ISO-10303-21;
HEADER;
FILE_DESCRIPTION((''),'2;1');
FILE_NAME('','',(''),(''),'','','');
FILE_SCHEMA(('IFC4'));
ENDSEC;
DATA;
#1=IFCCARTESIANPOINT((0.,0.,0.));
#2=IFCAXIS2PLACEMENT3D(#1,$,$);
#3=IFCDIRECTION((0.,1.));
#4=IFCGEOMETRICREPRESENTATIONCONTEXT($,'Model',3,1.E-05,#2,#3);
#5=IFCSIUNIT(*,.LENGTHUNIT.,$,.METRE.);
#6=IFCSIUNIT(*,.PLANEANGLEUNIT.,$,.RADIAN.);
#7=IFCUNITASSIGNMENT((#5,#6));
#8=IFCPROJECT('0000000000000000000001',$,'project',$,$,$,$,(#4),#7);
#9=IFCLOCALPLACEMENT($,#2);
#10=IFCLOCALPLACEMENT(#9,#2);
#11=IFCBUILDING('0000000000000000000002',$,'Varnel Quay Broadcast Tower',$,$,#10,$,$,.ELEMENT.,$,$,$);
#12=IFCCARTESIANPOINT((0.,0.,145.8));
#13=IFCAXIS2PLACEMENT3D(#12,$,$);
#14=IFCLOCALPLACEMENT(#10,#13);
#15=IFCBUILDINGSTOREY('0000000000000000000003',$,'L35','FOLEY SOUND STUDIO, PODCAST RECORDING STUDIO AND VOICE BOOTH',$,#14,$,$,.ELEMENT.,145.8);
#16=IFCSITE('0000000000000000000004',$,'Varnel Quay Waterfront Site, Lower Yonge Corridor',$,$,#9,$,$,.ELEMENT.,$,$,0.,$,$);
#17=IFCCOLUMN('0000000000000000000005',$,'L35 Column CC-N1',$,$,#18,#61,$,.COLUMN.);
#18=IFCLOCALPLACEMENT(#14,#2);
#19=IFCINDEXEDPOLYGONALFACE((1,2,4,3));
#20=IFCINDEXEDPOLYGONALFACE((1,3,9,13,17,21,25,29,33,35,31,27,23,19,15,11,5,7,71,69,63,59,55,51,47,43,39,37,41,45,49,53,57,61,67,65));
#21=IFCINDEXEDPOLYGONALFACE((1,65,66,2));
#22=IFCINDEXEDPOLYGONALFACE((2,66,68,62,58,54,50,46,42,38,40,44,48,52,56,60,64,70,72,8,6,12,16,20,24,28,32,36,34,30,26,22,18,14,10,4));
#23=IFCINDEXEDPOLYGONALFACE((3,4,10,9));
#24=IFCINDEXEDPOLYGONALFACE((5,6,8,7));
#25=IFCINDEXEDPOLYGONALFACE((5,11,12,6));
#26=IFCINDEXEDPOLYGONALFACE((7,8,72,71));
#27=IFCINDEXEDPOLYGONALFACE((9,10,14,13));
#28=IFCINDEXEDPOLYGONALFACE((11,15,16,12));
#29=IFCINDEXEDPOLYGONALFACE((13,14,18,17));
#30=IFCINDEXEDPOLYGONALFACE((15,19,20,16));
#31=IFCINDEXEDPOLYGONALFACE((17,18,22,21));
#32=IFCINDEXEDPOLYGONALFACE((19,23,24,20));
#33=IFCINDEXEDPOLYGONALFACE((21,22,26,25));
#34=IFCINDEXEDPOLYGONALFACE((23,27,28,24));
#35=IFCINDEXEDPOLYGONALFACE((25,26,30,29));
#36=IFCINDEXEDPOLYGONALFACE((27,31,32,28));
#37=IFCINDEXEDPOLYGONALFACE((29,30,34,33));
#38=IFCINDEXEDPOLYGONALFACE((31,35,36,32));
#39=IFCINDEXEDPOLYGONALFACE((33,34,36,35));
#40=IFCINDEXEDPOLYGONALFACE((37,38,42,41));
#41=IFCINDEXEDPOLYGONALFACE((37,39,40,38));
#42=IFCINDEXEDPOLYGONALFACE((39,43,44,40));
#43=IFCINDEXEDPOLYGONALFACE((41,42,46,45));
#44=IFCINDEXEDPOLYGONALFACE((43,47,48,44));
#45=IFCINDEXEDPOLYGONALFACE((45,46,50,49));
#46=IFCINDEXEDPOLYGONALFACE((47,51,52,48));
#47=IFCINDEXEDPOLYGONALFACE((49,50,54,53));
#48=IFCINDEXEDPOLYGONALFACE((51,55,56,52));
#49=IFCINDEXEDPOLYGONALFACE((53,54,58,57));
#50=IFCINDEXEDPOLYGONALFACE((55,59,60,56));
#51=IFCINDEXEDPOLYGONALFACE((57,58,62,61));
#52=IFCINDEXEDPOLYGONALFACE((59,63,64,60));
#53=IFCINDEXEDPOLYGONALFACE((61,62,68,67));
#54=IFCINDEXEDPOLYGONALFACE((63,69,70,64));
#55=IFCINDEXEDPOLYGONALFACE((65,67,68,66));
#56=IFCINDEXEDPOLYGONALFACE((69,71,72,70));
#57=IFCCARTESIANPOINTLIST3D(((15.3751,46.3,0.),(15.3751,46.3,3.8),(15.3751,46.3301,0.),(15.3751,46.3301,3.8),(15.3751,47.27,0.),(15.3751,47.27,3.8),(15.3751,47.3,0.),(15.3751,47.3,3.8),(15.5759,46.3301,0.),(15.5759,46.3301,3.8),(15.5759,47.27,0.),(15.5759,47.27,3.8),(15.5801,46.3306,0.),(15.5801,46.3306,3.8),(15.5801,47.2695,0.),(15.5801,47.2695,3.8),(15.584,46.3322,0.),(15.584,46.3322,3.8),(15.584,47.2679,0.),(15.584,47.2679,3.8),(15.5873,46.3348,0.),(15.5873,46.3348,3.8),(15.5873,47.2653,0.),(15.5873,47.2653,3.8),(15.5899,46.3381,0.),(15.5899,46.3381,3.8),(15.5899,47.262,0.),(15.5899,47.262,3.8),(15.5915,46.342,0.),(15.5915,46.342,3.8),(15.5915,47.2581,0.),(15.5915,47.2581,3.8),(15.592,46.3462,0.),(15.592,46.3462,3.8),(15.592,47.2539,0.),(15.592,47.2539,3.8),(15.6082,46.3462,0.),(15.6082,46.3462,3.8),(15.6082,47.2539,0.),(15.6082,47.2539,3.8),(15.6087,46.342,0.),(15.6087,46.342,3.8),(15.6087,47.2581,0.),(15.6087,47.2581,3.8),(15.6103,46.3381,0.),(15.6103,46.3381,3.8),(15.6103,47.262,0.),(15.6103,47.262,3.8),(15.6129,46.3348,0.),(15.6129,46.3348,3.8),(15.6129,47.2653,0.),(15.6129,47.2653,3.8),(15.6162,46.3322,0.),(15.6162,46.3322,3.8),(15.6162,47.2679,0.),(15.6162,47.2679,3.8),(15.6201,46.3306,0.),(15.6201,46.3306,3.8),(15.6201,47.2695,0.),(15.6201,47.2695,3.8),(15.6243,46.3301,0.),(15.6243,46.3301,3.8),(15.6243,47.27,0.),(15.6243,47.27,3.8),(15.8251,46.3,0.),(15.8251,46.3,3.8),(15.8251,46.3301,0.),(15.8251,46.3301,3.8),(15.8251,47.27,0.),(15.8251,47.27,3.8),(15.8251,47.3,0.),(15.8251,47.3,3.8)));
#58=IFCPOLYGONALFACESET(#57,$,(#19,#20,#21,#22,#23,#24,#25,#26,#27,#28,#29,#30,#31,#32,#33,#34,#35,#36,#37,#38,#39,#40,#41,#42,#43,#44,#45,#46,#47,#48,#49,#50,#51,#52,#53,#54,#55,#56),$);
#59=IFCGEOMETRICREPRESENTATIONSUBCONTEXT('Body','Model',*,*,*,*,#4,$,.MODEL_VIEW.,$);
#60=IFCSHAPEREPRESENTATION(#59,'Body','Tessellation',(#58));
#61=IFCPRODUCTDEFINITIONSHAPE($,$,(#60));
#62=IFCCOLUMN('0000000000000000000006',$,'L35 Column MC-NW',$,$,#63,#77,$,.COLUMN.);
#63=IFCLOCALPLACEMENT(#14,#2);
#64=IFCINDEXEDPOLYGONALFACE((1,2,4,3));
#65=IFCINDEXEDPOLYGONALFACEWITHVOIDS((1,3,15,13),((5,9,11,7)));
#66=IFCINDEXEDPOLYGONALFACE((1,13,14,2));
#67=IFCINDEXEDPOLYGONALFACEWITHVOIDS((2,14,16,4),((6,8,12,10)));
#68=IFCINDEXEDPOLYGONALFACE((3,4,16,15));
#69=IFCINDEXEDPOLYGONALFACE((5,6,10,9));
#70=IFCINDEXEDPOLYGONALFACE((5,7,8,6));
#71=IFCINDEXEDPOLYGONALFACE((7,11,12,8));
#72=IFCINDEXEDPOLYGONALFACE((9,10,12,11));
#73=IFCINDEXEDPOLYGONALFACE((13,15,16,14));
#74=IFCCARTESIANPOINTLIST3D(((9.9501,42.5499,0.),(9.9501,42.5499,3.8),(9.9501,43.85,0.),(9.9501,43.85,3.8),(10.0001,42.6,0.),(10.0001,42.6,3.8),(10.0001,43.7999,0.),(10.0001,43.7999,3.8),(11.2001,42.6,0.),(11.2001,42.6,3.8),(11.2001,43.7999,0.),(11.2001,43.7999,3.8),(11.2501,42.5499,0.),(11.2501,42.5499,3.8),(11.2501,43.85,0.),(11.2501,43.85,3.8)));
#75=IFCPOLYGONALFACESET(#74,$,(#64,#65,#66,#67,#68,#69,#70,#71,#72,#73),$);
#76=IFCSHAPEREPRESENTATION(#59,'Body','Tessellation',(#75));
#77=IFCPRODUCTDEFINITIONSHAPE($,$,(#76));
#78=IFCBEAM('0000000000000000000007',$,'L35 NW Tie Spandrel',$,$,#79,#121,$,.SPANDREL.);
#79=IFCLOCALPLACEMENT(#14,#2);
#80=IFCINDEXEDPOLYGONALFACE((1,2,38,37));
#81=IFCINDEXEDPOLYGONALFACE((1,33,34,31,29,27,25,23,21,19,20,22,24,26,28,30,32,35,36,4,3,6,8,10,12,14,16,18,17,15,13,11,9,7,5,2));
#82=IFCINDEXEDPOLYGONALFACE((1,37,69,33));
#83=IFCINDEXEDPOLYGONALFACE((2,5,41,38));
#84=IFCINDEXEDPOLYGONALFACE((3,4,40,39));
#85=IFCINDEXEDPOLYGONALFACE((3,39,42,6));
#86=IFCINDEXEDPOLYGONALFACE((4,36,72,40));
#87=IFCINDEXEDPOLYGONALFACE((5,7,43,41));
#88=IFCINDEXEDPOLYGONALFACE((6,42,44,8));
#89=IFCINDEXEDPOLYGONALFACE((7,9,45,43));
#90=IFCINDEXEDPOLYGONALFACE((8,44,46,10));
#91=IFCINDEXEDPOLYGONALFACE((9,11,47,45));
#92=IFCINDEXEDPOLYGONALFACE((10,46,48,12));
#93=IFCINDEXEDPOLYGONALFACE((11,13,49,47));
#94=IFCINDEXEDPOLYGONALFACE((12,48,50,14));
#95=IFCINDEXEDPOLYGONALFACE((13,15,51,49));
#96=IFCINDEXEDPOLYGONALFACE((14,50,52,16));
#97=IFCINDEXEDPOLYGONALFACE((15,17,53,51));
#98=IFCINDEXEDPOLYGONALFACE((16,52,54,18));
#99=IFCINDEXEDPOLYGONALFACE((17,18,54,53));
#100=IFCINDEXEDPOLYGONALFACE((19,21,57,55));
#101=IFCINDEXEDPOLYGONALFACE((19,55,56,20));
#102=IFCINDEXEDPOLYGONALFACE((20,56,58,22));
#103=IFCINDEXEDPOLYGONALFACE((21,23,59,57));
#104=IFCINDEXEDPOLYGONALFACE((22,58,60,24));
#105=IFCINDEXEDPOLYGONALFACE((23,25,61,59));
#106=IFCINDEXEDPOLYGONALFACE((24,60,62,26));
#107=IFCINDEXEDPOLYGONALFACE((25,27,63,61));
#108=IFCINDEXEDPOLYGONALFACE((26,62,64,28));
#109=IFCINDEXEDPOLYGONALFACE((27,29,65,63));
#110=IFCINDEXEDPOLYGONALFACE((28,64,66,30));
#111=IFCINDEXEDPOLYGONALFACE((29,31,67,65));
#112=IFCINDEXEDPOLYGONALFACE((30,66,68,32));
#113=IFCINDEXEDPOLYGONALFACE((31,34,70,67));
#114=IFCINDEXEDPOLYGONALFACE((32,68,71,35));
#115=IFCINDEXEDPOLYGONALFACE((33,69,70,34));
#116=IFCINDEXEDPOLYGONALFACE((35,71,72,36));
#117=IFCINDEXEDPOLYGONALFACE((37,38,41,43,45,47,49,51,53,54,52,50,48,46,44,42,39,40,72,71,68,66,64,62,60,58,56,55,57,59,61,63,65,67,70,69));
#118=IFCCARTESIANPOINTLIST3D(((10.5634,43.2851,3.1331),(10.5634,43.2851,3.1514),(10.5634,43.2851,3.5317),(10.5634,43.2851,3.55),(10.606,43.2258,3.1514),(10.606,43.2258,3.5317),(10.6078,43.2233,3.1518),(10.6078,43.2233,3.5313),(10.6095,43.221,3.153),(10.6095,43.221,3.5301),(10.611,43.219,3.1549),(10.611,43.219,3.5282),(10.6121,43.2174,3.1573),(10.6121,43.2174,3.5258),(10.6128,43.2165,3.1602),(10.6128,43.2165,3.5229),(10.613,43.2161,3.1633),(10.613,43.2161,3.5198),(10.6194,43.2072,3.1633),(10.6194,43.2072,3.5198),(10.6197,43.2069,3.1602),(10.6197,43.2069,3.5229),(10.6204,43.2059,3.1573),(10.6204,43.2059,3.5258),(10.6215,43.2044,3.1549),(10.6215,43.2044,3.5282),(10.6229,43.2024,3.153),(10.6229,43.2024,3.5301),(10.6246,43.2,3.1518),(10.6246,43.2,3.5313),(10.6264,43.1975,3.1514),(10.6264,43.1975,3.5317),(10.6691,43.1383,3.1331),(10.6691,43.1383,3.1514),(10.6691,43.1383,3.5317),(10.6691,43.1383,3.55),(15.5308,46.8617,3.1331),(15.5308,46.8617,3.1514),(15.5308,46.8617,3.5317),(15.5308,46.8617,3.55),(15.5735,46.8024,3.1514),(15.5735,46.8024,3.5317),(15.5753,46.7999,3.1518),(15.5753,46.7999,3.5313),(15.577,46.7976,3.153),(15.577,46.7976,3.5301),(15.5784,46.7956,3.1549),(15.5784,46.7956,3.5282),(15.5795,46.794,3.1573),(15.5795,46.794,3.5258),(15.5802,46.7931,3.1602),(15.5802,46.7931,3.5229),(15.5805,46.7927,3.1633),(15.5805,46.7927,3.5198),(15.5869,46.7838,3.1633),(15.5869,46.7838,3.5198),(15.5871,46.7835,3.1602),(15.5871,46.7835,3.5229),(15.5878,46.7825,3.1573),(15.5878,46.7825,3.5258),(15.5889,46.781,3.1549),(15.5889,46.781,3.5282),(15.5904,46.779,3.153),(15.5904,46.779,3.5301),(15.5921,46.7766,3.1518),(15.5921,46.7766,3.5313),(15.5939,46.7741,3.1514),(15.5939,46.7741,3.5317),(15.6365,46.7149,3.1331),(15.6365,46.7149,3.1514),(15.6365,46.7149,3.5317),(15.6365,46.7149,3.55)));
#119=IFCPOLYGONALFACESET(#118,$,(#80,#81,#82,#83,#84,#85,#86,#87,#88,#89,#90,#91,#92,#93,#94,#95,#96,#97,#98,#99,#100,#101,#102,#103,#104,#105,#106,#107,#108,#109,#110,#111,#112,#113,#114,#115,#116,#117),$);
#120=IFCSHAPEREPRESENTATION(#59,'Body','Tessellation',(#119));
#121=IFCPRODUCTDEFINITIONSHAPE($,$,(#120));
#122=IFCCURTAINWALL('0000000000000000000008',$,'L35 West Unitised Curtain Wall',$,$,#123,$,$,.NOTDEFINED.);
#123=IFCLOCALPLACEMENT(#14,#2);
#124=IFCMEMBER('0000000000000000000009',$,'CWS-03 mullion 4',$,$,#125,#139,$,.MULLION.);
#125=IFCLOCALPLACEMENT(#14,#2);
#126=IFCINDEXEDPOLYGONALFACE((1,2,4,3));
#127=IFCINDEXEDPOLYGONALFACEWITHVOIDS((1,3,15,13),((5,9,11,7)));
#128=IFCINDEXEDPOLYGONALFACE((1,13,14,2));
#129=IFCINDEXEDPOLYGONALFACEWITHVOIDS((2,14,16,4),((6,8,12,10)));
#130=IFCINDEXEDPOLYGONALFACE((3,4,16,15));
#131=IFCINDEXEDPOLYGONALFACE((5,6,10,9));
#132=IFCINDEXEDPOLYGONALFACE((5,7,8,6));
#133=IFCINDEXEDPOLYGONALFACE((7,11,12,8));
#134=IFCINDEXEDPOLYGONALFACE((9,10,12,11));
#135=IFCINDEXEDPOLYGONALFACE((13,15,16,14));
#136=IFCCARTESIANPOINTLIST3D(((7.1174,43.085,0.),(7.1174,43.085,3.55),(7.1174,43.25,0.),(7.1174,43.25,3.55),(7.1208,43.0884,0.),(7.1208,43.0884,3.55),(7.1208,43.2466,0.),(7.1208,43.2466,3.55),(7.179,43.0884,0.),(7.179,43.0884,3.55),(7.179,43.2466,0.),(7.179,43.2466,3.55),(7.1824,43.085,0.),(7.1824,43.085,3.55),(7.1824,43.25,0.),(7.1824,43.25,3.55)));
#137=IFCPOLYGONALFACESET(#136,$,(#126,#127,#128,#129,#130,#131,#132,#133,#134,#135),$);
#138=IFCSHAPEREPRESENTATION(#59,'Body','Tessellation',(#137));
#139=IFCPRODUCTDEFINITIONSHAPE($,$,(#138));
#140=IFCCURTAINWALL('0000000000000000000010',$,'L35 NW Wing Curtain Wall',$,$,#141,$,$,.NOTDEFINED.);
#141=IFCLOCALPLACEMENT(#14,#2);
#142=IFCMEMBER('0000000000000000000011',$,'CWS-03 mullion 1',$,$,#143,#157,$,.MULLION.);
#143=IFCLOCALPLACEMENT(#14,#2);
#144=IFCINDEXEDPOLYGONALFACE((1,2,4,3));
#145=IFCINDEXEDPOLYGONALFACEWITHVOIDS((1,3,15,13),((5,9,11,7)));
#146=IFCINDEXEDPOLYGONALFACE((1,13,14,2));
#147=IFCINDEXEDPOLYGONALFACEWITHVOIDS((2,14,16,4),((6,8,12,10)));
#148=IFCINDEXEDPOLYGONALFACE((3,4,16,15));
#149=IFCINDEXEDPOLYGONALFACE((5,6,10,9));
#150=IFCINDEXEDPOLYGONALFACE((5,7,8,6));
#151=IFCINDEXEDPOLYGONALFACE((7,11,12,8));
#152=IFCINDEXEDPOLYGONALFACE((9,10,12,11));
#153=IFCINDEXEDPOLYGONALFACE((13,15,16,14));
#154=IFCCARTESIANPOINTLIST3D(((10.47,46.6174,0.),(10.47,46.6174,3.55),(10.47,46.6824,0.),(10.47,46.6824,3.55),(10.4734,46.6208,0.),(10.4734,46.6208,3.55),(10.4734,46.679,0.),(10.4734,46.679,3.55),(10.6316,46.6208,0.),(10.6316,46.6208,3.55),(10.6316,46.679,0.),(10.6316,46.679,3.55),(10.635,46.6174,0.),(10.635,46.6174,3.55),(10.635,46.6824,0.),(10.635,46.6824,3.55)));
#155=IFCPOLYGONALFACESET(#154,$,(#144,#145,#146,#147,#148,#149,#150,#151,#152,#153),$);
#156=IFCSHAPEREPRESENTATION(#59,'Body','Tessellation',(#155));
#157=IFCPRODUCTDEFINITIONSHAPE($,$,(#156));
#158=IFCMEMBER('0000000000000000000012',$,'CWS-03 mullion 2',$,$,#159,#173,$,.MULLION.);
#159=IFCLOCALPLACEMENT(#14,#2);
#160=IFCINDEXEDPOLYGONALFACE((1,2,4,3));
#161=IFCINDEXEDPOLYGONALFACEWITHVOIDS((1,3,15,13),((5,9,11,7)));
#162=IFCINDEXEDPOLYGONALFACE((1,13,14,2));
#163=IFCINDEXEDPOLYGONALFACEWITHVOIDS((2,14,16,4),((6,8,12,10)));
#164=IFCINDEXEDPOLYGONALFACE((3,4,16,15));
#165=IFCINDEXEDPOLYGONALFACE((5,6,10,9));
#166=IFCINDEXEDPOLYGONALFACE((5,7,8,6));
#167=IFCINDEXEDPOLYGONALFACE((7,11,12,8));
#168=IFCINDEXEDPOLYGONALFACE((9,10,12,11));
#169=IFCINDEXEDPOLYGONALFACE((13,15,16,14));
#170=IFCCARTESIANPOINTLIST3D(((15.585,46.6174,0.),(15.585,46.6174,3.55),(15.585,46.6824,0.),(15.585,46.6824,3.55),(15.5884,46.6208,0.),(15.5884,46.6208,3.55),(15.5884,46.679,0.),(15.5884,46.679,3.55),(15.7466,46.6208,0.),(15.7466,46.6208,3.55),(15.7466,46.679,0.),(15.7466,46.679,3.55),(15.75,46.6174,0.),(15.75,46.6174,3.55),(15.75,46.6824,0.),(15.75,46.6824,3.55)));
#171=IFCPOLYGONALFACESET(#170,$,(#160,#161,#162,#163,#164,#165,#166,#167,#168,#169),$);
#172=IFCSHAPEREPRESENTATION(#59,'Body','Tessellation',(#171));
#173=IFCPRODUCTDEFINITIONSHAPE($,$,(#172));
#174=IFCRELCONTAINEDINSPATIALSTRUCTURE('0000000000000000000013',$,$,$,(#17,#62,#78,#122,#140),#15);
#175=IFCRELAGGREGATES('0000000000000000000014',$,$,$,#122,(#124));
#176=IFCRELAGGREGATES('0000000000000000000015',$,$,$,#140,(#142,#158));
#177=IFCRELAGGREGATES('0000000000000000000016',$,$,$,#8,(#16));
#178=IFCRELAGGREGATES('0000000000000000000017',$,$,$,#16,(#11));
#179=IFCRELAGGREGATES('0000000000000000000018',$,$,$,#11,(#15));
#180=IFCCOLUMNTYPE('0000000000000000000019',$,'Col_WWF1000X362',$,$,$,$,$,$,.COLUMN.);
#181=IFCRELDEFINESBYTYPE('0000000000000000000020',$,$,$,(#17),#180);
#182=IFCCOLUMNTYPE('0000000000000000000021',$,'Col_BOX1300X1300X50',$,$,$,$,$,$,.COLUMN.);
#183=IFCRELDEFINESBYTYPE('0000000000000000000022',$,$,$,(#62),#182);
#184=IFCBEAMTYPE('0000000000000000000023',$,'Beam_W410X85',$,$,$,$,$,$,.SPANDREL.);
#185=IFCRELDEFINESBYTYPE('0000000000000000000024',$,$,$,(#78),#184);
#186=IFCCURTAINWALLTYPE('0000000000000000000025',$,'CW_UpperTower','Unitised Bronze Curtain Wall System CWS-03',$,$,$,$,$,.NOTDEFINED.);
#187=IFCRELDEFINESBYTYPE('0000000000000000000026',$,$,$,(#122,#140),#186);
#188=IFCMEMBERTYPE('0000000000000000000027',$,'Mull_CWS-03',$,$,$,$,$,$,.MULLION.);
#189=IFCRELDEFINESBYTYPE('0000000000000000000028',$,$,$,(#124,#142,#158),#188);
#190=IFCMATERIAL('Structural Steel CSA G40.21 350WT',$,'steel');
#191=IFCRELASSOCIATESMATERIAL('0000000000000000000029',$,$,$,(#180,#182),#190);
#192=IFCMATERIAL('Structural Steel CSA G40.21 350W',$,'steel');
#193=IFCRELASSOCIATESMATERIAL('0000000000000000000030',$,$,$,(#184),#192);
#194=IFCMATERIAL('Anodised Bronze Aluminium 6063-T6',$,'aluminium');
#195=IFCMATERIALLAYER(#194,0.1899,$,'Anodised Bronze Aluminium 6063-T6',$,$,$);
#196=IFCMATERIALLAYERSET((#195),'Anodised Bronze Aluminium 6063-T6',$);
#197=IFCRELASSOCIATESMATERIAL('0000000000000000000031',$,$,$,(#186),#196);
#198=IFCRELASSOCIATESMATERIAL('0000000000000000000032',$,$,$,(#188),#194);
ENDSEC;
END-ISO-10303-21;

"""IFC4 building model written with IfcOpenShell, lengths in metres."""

from ifc_helpers import new_model, si_unit, direction, frame, origin, origin_2d, place, context, subcontext, project, spatial, hollow_rectangle, i_section, extrude, source, transform, mapped, material, layer, layer_set, material_profile, profile_set, type_object, type_shapes, element, aggregate, save


model = new_model("IFC4")

# Units and contexts
model_context = context("Model", 3, precision=1e-05, world=origin(), true_north=direction((0.0, 1.0)))
body_context = subcontext(model_context, "Body", "Model", "MODEL_VIEW")
ifc_project = project(units=[si_unit("LENGTHUNIT", "METRE"), si_unit("PLANEANGLEUNIT", "RADIAN")], contexts=[model_context])

# Site, building, storey
site_placement = place(None, origin())
site = spatial("IfcSite", under=ifc_project, at=site_placement, Name="Varnel Quay Waterfront Site, Lower Yonge Corridor", CompositionType="ELEMENT", RefElevation=0.0)
building_placement = place(site_placement, origin())
building = spatial("IfcBuilding", under=site, at=building_placement, Name="Varnel Quay Broadcast Tower", CompositionType="ELEMENT")
storey_placement = place(building_placement, frame((0.0, 0.0, 145.8)))
storey = spatial("IfcBuildingStorey", under=building, at=storey_placement, Name="L35", Description="FOLEY SOUND STUDIO, PODCAST RECORDING STUDIO AND VOICE BOOTH", CompositionType="ELEMENT", Elevation=145.8)

# Columns
ifc_material_1 = material(Name="Structural Steel CSA G40.21 350WT", Category="steel")
ifc_material_profile_1 = material_profile(ifc_material_1, i_section(OverallWidth=0.45, OverallDepth=1.0, WebThickness=0.0161, FlangeThickness=0.03, FilletRadius=0.0161, at=origin_2d()), Name="WWF1000X362")
ifc_profile_set_1 = profile_set([ifc_material_profile_1], Name="Structural Steel CSA G40.21 350WT")
column_type_1 = type_object("IfcColumnType", Name="Col_WWF1000X362", PredefinedType="COLUMN", material=ifc_profile_set_1)
shared_shape_1 = source(origin(), body_context, "Body", "SweptSolid", [
    extrude(i_section(OverallWidth=0.45, OverallDepth=1.0, WebThickness=0.0161, FlangeThickness=0.03, FilletRadius=0.0161, at=origin_2d()), origin(), (0.0, 0.0, 1.0), 3.8),
])
type_shapes(column_type_1, [shared_shape_1])
column_1_placement = place(storey_placement, frame((15.6001, 46.8, 0.0), z_axis=(0.0, 0.0, 1.0), x_axis=(1.0, 0.0, 0.0)))
element("IfcColumn", 1, at=column_1_placement, inside=storey, type_object=column_type_1, Name="L35 Column CC-N1", PredefinedType="COLUMN", context=body_context, shape_type="MappedRepresentation", body=[
    mapped(shared_shape_1, transform((0.0, 0.0, 0.0), x_axis=(1.0, 0.0, 0.0), y_axis=(0.0, 1.0, 0.0), z_axis=(0.0, 0.0, 1.0), scale=1.0)),
])
ifc_material_profile_2 = material_profile(ifc_material_1, hollow_rectangle(XDim=1.3, YDim=1.3, WallThickness=0.05, at=origin_2d()), Name="BOX1300X1300X50")
ifc_profile_set_2 = profile_set([ifc_material_profile_2], Name="Structural Steel CSA G40.21 350WT")
column_type_2 = type_object("IfcColumnType", Name="Col_BOX1300X1300X50", PredefinedType="COLUMN", material=ifc_profile_set_2)
shared_shape_2 = source(origin(), body_context, "Body", "SweptSolid", [
    extrude(hollow_rectangle(XDim=1.3, YDim=1.3, WallThickness=0.05, at=origin_2d()), origin(), (0.0, 0.0, 1.0), 3.8),
])
type_shapes(column_type_2, [shared_shape_2])
column_2_placement = place(storey_placement, frame((10.6001, 43.2, 0.0), z_axis=(0.0, 0.0, 1.0), x_axis=(1.0, 0.0, 0.0)))
element("IfcColumn", 2, at=column_2_placement, inside=storey, type_object=column_type_2, Name="L35 Column MC-NW", PredefinedType="COLUMN", context=body_context, shape_type="MappedRepresentation", body=[
    mapped(shared_shape_2, transform((0.0, 0.0, 0.0), x_axis=(1.0, 0.0, 0.0), y_axis=(0.0, 1.0, 0.0), z_axis=(0.0, 0.0, 1.0), scale=1.0)),
])

# Beam
ifc_material_2 = material(Name="Structural Steel CSA G40.21 350W", Category="steel")
ifc_material_profile_3 = material_profile(ifc_material_2, i_section(OverallWidth=0.1809, OverallDepth=0.417, WebThickness=0.011, FlangeThickness=0.0183, FilletRadius=0.012, at=origin_2d()), Name="W410X85")
ifc_profile_set_3 = profile_set([ifc_material_profile_3], Name="Structural Steel CSA G40.21 350W")
beam_type = type_object("IfcBeamType", Name="Beam_W410X85", PredefinedType="SPANDREL", material=ifc_profile_set_3)
shared_shape_3 = source(origin(), body_context, "Body", "SweptSolid", [
    extrude(i_section(OverallWidth=0.1809, OverallDepth=0.417, WebThickness=0.011, FlangeThickness=0.0183, FilletRadius=0.012, at=origin_2d()), origin(), (0.0, 0.0, 1.0), 6.1211),
])
type_shapes(beam_type, [shared_shape_3])
beam_placement = place(storey_placement, frame((10.6162, 43.2117, 3.3416), z_axis=(0.811531, 0.584309, 0.0), x_axis=(-0.584309, 0.811531, 0.0)))
element("IfcBeam", 3, at=beam_placement, inside=storey, type_object=beam_type, Name="L35 NW Tie Spandrel", PredefinedType="SPANDREL", context=body_context, shape_type="MappedRepresentation", body=[
    mapped(shared_shape_3, transform((0.0, 0.0, 0.0), x_axis=(1.0, 0.0, 0.0), y_axis=(0.0, 1.0, 0.0), z_axis=(0.0, 0.0, 1.0), scale=1.0)),
])

# Curtain wall, member
ifc_material_3 = material(Name="Anodised Bronze Aluminium 6063-T6", Category="aluminium")
ifc_layer_1 = layer(ifc_material_3, 0.1899, Name="Anodised Bronze Aluminium 6063-T6")
ifc_layer_set_1 = layer_set([ifc_layer_1], Name="Anodised Bronze Aluminium 6063-T6")
curtain_wall_type = type_object("IfcCurtainWallType", Name="CW_UpperTower", Description="Unitised Bronze Curtain Wall System CWS-03", PredefinedType="NOTDEFINED", material=ifc_layer_set_1)
curtain_wall_1_placement = place(storey_placement, origin())
curtain_wall_1 = element("IfcCurtainWall", 4, at=curtain_wall_1_placement, inside=storey, type_object=curtain_wall_type, Name="L35 West Unitised Curtain Wall", PredefinedType="NOTDEFINED")
ifc_material_profile_4 = material_profile(ifc_material_3, hollow_rectangle(XDim=0.0649, YDim=0.165, WallThickness=0.0034, at=origin_2d()), Name="ALU65X165X3.5")
ifc_profile_set_4 = profile_set([ifc_material_profile_4], Name="Anodised Bronze Aluminium 6063-T6")
member_type_1 = type_object("IfcMemberType", Name="Mull_CWS-03", PredefinedType="MULLION", material=ifc_profile_set_4)
shared_shape_4 = source(origin(), body_context, "Body", "SweptSolid", [
    extrude(hollow_rectangle(XDim=0.0649, YDim=0.165, WallThickness=0.0034, at=origin_2d()), origin(), (0.0, 0.0, 1.0), 3.55),
])
type_shapes(member_type_1, [shared_shape_4])
member_1_placement = place(storey_placement, frame((7.1499, 43.1675, 0.0), z_axis=(0.0, 0.0, 1.0), x_axis=(-1.0, 0.0, 0.0)))
member_1 = element("IfcMember", 5, at=member_1_placement, type_object=member_type_1, Name="CWS-03 mullion 4", PredefinedType="MULLION", context=body_context, shape_type="MappedRepresentation", body=[
    mapped(shared_shape_4, transform((0.0, 0.0, 0.0), x_axis=(1.0, 0.0, 0.0), y_axis=(0.0, 1.0, 0.0), z_axis=(0.0, 0.0, 1.0), scale=1.0)),
])

# Curtain wall, members
curtain_wall_2_placement = place(storey_placement, origin())
curtain_wall_2 = element("IfcCurtainWall", 6, at=curtain_wall_2_placement, inside=storey, type_object=curtain_wall_type, Name="L35 NW Wing Curtain Wall", PredefinedType="NOTDEFINED")
member_2_placement = place(storey_placement, frame((10.5525, 46.6499, 0.0), z_axis=(0.0, 0.0, 1.0), x_axis=(0.0, 1.0, 0.0)))
member_2 = element("IfcMember", 7, at=member_2_placement, type_object=member_type_1, Name="CWS-03 mullion 1", PredefinedType="MULLION", context=body_context, shape_type="MappedRepresentation", body=[
    mapped(shared_shape_4, transform((0.0, 0.0, 0.0), x_axis=(1.0, 0.0, 0.0), y_axis=(0.0, 1.0, 0.0), z_axis=(0.0, 0.0, 1.0), scale=1.0)),
])
member_3_placement = place(storey_placement, frame((15.6675, 46.6499, 0.0), z_axis=(0.0, 0.0, 1.0), x_axis=(0.0, 1.0, 0.0)))
member_3 = element("IfcMember", 8, at=member_3_placement, type_object=member_type_1, Name="CWS-03 mullion 2", PredefinedType="MULLION", context=body_context, shape_type="MappedRepresentation", body=[
    mapped(shared_shape_4, transform((0.0, 0.0, 0.0), x_axis=(1.0, 0.0, 0.0), y_axis=(0.0, 1.0, 0.0), z_axis=(0.0, 0.0, 1.0), scale=1.0)),
])

aggregate(curtain_wall_1, [member_1])
aggregate(curtain_wall_2, [member_2, member_3])

save(model, "model.ifc")
